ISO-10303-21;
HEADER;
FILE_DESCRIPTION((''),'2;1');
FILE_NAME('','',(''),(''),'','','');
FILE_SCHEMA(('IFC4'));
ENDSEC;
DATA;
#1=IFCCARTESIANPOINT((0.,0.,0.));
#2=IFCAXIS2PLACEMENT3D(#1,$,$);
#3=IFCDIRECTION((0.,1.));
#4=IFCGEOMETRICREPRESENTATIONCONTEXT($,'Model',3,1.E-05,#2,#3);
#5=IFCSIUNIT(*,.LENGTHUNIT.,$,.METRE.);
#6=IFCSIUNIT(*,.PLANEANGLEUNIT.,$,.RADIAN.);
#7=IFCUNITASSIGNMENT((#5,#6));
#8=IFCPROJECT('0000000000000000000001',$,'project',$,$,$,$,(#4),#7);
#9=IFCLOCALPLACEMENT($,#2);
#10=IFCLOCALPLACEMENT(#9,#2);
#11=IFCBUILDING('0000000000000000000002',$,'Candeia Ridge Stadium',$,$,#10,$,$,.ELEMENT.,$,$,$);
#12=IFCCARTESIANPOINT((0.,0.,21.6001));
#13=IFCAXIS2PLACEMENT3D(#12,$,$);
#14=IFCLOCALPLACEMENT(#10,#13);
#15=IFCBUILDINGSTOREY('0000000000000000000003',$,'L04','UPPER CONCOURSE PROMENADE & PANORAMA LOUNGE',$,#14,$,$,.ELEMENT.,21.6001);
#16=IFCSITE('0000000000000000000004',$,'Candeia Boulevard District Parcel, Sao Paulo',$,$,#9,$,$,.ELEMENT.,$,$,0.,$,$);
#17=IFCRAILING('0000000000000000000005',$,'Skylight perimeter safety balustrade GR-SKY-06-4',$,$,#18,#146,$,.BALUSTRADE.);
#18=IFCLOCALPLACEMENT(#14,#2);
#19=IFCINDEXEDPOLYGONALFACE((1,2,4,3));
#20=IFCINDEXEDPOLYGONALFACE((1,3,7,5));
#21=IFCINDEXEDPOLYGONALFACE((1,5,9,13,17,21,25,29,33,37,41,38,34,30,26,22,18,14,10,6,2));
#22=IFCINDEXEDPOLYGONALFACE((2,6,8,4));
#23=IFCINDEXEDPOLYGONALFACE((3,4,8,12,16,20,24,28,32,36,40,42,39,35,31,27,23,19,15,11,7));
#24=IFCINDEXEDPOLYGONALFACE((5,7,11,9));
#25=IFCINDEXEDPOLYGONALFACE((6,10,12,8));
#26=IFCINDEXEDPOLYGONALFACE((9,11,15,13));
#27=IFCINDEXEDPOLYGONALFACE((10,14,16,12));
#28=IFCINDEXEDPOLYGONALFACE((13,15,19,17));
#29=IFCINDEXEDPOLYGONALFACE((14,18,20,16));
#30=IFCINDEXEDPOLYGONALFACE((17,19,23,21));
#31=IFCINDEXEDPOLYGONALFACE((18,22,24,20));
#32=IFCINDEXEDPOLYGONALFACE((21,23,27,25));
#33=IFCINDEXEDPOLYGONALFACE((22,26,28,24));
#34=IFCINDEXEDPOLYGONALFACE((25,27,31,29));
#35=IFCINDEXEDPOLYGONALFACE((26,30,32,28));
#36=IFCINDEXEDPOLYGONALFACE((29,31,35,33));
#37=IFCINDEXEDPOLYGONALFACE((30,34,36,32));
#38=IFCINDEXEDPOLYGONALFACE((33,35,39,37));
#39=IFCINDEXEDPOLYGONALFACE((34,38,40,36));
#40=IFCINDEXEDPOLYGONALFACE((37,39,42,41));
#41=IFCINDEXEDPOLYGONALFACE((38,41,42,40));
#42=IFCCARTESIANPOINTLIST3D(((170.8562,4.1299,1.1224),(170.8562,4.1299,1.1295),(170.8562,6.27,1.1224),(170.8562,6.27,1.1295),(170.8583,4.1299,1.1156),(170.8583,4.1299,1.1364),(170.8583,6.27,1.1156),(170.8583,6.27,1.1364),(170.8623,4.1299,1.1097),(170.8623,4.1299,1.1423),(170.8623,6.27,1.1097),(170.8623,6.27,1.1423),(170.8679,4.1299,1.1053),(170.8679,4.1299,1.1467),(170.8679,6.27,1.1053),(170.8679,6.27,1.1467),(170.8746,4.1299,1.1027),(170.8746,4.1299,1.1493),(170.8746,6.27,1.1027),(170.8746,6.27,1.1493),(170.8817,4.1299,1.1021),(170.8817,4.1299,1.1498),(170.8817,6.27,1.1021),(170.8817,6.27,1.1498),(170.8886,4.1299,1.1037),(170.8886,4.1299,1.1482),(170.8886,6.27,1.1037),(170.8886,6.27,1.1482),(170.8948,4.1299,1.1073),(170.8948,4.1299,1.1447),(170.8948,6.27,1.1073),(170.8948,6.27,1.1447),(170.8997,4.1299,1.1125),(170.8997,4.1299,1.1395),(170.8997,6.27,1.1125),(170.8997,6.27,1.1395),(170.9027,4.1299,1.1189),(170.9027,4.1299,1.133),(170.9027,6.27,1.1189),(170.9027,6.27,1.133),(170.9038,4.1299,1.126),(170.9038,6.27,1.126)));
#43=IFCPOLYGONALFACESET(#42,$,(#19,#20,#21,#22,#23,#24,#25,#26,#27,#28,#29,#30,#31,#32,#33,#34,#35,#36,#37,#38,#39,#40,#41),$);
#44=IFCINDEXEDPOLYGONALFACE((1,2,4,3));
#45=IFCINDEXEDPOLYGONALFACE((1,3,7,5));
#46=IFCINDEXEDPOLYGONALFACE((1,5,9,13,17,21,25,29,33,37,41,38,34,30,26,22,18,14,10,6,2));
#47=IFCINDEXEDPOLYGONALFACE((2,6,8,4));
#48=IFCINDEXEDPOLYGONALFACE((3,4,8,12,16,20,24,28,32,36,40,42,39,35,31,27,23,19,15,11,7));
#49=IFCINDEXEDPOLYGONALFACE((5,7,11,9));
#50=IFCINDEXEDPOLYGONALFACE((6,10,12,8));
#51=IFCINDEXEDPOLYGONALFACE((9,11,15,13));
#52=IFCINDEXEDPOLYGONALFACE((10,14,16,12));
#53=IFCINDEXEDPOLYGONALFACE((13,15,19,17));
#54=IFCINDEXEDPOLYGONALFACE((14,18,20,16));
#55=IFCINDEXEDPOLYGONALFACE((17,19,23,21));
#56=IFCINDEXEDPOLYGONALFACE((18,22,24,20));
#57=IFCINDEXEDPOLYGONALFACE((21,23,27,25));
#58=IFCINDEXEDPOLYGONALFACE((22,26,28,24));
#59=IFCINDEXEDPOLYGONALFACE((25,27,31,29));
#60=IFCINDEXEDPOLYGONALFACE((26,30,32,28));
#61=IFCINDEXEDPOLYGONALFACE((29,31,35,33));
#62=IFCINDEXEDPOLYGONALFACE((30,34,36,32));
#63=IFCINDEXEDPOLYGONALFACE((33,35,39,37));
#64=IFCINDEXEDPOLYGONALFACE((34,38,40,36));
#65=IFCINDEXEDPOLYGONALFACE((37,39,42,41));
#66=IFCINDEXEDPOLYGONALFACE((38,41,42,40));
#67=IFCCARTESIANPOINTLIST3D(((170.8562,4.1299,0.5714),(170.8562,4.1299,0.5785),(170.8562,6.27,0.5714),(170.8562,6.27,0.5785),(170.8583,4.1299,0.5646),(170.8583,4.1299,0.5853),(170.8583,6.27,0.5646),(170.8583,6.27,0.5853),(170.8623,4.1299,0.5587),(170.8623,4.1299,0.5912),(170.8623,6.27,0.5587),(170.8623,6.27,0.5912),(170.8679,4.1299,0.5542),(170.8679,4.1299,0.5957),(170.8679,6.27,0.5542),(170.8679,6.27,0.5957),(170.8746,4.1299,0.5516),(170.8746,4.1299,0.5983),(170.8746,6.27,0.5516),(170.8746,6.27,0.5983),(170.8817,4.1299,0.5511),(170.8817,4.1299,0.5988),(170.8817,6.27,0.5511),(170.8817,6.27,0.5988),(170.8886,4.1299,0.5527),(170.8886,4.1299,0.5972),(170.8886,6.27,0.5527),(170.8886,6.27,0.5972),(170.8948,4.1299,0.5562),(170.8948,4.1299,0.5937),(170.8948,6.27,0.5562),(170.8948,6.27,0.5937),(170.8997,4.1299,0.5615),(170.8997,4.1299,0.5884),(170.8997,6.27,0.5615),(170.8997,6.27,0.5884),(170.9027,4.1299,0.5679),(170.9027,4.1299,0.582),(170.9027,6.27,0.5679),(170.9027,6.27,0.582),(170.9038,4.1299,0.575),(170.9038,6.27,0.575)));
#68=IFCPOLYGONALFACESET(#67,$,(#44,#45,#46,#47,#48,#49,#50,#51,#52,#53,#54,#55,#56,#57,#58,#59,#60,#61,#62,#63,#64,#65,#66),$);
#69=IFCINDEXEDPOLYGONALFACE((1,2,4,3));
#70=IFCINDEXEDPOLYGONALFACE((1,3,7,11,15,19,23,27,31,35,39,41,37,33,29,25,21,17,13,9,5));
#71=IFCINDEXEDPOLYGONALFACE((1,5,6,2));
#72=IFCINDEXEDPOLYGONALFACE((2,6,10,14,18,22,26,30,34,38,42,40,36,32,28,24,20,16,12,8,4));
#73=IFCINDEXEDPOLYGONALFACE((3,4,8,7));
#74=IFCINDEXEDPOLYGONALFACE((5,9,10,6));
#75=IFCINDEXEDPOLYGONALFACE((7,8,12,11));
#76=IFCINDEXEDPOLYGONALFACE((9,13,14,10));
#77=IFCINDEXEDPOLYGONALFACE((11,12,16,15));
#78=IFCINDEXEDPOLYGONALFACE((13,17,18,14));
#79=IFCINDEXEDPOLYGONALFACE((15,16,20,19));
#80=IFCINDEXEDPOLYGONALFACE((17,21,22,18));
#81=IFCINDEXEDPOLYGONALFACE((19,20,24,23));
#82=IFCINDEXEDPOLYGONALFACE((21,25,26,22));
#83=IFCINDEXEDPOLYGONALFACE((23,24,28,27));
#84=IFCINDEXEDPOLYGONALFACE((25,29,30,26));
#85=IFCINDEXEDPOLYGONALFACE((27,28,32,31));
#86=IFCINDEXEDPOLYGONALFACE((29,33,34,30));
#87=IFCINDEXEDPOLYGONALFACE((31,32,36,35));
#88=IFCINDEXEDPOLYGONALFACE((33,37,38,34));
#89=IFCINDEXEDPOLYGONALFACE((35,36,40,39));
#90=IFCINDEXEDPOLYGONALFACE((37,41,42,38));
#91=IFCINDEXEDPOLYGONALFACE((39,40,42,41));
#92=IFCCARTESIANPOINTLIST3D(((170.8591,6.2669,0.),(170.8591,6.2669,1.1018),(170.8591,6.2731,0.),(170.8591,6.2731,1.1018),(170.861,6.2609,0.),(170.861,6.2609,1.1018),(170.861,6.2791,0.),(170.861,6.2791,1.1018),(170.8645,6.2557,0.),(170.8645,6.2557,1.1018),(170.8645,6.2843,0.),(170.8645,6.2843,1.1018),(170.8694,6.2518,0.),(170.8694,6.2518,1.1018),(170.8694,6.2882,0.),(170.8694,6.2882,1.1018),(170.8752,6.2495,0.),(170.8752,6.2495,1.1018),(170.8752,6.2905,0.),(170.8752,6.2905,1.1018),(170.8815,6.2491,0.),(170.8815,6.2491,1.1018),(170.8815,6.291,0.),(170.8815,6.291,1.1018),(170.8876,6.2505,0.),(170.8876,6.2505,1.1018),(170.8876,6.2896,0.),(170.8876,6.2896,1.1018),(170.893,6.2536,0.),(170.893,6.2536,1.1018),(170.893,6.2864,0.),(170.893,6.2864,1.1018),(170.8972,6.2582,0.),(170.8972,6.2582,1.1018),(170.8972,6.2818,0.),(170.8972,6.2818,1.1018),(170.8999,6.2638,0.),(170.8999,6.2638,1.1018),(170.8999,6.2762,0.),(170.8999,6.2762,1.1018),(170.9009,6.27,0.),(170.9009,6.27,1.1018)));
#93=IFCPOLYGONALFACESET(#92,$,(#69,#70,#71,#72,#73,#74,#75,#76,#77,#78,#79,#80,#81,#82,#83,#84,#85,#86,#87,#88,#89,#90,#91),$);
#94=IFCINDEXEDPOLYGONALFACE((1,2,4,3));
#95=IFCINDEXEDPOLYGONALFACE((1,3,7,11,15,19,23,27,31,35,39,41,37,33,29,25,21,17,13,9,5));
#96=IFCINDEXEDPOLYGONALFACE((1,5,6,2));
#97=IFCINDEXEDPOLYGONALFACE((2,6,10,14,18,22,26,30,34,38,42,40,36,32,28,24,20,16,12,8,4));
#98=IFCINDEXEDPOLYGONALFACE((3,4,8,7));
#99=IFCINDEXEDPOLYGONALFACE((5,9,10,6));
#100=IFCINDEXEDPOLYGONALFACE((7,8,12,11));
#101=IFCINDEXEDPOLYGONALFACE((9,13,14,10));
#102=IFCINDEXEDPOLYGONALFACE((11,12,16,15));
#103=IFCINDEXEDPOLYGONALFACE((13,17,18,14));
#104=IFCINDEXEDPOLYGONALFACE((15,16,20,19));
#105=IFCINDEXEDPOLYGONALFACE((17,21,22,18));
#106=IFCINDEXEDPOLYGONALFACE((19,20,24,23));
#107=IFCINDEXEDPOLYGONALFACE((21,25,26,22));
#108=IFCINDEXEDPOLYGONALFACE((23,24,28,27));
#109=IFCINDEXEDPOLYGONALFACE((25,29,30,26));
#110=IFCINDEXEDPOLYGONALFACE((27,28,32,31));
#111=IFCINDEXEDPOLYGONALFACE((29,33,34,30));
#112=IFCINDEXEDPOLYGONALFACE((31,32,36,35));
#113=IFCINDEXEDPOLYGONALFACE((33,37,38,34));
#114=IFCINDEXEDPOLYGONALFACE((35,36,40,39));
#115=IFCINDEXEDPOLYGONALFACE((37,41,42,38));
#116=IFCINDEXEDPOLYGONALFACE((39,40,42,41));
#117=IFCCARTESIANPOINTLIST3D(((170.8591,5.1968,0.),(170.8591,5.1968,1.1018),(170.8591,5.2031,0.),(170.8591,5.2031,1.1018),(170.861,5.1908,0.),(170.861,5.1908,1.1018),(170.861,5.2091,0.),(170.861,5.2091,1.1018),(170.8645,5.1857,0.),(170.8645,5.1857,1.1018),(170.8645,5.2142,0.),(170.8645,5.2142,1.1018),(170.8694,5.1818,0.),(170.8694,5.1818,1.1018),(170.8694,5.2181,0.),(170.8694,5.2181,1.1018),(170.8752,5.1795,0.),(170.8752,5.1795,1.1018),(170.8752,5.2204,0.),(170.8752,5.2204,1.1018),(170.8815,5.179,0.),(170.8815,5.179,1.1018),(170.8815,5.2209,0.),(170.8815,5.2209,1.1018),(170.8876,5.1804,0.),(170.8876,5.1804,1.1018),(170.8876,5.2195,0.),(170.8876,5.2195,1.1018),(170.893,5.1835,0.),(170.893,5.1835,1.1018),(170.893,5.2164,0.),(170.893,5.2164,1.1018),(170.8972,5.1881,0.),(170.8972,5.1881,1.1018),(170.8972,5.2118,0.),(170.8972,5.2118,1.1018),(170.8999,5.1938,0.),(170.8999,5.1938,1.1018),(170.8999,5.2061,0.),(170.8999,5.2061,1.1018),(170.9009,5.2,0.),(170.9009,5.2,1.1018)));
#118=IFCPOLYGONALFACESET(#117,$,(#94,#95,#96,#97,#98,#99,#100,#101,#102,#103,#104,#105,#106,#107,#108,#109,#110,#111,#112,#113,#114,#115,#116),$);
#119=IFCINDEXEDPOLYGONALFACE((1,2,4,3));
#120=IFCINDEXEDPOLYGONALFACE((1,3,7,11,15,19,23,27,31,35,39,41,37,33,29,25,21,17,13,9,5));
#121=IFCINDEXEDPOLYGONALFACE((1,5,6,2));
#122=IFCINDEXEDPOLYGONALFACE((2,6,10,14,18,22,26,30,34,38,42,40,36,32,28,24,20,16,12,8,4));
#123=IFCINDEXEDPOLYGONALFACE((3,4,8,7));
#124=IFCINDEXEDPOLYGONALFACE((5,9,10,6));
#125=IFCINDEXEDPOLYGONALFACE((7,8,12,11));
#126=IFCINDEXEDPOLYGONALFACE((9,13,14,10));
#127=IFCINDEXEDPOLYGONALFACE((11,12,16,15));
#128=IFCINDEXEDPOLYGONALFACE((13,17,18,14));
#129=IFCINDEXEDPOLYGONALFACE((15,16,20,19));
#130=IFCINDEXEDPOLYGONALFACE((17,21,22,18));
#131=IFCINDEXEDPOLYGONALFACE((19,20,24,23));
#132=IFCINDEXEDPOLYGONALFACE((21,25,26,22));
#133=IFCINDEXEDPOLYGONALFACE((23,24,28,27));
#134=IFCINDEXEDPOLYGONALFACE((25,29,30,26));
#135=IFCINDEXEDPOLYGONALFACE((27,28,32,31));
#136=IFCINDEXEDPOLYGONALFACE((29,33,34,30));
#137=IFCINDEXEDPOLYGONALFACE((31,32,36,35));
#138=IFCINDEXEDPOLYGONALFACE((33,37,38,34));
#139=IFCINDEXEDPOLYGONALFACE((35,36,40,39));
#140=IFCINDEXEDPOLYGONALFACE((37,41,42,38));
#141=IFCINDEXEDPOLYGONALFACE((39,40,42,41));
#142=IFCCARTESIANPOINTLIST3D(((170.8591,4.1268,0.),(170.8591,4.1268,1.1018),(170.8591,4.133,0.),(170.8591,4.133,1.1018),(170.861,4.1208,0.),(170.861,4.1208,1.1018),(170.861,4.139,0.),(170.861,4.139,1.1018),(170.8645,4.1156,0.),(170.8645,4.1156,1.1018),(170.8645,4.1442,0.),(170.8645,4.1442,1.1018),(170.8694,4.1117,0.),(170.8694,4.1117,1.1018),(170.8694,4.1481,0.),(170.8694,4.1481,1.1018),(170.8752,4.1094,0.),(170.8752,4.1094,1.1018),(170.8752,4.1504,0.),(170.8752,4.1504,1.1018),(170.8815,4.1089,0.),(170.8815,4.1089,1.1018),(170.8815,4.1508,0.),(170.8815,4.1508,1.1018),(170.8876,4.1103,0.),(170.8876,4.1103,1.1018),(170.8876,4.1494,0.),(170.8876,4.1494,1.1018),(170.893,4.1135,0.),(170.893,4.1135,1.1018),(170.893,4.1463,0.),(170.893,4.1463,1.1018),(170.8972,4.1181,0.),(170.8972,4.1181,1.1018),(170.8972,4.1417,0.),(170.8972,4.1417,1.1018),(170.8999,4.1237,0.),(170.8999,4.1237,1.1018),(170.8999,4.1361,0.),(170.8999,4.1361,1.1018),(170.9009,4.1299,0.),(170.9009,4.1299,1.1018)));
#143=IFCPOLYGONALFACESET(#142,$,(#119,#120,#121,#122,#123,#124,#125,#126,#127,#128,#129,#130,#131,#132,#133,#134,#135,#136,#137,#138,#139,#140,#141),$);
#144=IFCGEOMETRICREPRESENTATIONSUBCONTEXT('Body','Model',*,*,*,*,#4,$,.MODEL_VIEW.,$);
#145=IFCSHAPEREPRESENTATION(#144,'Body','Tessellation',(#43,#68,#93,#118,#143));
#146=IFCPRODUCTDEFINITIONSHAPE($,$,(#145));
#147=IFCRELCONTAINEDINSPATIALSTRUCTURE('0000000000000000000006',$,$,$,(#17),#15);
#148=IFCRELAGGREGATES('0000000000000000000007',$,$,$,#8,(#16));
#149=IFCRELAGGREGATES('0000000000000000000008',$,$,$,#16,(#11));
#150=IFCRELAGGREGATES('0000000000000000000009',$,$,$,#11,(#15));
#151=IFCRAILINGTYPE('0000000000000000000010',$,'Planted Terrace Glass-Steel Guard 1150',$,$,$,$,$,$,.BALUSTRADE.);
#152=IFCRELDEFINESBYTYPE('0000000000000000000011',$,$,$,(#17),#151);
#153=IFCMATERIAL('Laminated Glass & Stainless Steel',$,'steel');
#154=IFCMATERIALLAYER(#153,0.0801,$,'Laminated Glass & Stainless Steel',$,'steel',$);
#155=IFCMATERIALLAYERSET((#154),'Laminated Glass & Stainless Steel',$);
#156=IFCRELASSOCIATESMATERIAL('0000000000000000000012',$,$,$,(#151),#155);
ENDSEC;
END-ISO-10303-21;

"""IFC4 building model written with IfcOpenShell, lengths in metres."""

from ifc_helpers import new_model, si_unit, direction, frame, origin, origin_2d, place, context, subcontext, project, spatial, circle, extrude, material, layer, layer_set, type_object, element, save


model = new_model("IFC4")

# Units and contexts
model_context = context("Model", 3, precision=1e-05, world=origin(), true_north=direction((0.0, 1.0)))
body_context = subcontext(model_context, "Body", "Model", "MODEL_VIEW")
ifc_project = project(units=[si_unit("LENGTHUNIT", "METRE"), si_unit("PLANEANGLEUNIT", "RADIAN")], contexts=[model_context])

# Site, building, storey
site_placement = place(None, origin())
site = spatial("IfcSite", under=ifc_project, at=site_placement, Name="Candeia Boulevard District Parcel, Sao Paulo", CompositionType="ELEMENT", RefElevation=0.0)
building_placement = place(site_placement, origin())
building = spatial("IfcBuilding", under=site, at=building_placement, Name="Candeia Ridge Stadium", CompositionType="ELEMENT")
storey_placement = place(building_placement, frame((0.0, 0.0, 21.6001)))
storey = spatial("IfcBuildingStorey", under=building, at=storey_placement, Name="L04", Description="UPPER CONCOURSE PROMENADE & PANORAMA LOUNGE", CompositionType="ELEMENT", Elevation=21.6001)

# Railing
ifc_material_1 = material(Name="Laminated Glass & Stainless Steel", Category="steel")
ifc_layer_1 = layer(ifc_material_1, 0.0801, Name="Laminated Glass & Stainless Steel", Category="steel")
ifc_layer_set_1 = layer_set([ifc_layer_1], Name="Laminated Glass & Stainless Steel")
railing_type_1 = type_object("IfcRailingType", Name="Planted Terrace Glass-Steel Guard 1150", PredefinedType="BALUSTRADE", material=ifc_layer_set_1)
railing_1_placement = place(storey_placement, frame((170.8799, 6.27, 0.0)))
element("IfcRailing", 1, at=railing_1_placement, inside=storey, type_object=railing_type_1, Name="Skylight perimeter safety balustrade GR-SKY-06-4", PredefinedType="BALUSTRADE", context=body_context, shape_type="SweptSolid", body=[
    extrude(circle(Radius=0.0239, at=origin_2d()), frame((0.0, 0.0, 1.126), z_axis=(0.0, -1.0, 0.0), x_axis=(1.0, 0.0, 0.0)), (0.0, 0.0, 1.0), 2.1401),
    extrude(circle(Radius=0.0239, at=origin_2d()), frame((0.0, 0.0, 0.575), z_axis=(0.0, -1.0, 0.0), x_axis=(1.0, 0.0, 0.0)), (0.0, 0.0, 1.0), 2.1401),
    extrude(circle(Radius=0.021, at=origin_2d()), origin(), (0.0, 0.0, 1.0), 1.1018),
    extrude(circle(Radius=0.021, at=origin_2d()), frame((0.0, -1.0701, 0.0)), (0.0, 0.0, 1.0), 1.1018),
    extrude(circle(Radius=0.021, at=origin_2d()), frame((0.0, -2.1401, 0.0)), (0.0, 0.0, 1.0), 1.1018),
])

save(model, "model.ifc")
